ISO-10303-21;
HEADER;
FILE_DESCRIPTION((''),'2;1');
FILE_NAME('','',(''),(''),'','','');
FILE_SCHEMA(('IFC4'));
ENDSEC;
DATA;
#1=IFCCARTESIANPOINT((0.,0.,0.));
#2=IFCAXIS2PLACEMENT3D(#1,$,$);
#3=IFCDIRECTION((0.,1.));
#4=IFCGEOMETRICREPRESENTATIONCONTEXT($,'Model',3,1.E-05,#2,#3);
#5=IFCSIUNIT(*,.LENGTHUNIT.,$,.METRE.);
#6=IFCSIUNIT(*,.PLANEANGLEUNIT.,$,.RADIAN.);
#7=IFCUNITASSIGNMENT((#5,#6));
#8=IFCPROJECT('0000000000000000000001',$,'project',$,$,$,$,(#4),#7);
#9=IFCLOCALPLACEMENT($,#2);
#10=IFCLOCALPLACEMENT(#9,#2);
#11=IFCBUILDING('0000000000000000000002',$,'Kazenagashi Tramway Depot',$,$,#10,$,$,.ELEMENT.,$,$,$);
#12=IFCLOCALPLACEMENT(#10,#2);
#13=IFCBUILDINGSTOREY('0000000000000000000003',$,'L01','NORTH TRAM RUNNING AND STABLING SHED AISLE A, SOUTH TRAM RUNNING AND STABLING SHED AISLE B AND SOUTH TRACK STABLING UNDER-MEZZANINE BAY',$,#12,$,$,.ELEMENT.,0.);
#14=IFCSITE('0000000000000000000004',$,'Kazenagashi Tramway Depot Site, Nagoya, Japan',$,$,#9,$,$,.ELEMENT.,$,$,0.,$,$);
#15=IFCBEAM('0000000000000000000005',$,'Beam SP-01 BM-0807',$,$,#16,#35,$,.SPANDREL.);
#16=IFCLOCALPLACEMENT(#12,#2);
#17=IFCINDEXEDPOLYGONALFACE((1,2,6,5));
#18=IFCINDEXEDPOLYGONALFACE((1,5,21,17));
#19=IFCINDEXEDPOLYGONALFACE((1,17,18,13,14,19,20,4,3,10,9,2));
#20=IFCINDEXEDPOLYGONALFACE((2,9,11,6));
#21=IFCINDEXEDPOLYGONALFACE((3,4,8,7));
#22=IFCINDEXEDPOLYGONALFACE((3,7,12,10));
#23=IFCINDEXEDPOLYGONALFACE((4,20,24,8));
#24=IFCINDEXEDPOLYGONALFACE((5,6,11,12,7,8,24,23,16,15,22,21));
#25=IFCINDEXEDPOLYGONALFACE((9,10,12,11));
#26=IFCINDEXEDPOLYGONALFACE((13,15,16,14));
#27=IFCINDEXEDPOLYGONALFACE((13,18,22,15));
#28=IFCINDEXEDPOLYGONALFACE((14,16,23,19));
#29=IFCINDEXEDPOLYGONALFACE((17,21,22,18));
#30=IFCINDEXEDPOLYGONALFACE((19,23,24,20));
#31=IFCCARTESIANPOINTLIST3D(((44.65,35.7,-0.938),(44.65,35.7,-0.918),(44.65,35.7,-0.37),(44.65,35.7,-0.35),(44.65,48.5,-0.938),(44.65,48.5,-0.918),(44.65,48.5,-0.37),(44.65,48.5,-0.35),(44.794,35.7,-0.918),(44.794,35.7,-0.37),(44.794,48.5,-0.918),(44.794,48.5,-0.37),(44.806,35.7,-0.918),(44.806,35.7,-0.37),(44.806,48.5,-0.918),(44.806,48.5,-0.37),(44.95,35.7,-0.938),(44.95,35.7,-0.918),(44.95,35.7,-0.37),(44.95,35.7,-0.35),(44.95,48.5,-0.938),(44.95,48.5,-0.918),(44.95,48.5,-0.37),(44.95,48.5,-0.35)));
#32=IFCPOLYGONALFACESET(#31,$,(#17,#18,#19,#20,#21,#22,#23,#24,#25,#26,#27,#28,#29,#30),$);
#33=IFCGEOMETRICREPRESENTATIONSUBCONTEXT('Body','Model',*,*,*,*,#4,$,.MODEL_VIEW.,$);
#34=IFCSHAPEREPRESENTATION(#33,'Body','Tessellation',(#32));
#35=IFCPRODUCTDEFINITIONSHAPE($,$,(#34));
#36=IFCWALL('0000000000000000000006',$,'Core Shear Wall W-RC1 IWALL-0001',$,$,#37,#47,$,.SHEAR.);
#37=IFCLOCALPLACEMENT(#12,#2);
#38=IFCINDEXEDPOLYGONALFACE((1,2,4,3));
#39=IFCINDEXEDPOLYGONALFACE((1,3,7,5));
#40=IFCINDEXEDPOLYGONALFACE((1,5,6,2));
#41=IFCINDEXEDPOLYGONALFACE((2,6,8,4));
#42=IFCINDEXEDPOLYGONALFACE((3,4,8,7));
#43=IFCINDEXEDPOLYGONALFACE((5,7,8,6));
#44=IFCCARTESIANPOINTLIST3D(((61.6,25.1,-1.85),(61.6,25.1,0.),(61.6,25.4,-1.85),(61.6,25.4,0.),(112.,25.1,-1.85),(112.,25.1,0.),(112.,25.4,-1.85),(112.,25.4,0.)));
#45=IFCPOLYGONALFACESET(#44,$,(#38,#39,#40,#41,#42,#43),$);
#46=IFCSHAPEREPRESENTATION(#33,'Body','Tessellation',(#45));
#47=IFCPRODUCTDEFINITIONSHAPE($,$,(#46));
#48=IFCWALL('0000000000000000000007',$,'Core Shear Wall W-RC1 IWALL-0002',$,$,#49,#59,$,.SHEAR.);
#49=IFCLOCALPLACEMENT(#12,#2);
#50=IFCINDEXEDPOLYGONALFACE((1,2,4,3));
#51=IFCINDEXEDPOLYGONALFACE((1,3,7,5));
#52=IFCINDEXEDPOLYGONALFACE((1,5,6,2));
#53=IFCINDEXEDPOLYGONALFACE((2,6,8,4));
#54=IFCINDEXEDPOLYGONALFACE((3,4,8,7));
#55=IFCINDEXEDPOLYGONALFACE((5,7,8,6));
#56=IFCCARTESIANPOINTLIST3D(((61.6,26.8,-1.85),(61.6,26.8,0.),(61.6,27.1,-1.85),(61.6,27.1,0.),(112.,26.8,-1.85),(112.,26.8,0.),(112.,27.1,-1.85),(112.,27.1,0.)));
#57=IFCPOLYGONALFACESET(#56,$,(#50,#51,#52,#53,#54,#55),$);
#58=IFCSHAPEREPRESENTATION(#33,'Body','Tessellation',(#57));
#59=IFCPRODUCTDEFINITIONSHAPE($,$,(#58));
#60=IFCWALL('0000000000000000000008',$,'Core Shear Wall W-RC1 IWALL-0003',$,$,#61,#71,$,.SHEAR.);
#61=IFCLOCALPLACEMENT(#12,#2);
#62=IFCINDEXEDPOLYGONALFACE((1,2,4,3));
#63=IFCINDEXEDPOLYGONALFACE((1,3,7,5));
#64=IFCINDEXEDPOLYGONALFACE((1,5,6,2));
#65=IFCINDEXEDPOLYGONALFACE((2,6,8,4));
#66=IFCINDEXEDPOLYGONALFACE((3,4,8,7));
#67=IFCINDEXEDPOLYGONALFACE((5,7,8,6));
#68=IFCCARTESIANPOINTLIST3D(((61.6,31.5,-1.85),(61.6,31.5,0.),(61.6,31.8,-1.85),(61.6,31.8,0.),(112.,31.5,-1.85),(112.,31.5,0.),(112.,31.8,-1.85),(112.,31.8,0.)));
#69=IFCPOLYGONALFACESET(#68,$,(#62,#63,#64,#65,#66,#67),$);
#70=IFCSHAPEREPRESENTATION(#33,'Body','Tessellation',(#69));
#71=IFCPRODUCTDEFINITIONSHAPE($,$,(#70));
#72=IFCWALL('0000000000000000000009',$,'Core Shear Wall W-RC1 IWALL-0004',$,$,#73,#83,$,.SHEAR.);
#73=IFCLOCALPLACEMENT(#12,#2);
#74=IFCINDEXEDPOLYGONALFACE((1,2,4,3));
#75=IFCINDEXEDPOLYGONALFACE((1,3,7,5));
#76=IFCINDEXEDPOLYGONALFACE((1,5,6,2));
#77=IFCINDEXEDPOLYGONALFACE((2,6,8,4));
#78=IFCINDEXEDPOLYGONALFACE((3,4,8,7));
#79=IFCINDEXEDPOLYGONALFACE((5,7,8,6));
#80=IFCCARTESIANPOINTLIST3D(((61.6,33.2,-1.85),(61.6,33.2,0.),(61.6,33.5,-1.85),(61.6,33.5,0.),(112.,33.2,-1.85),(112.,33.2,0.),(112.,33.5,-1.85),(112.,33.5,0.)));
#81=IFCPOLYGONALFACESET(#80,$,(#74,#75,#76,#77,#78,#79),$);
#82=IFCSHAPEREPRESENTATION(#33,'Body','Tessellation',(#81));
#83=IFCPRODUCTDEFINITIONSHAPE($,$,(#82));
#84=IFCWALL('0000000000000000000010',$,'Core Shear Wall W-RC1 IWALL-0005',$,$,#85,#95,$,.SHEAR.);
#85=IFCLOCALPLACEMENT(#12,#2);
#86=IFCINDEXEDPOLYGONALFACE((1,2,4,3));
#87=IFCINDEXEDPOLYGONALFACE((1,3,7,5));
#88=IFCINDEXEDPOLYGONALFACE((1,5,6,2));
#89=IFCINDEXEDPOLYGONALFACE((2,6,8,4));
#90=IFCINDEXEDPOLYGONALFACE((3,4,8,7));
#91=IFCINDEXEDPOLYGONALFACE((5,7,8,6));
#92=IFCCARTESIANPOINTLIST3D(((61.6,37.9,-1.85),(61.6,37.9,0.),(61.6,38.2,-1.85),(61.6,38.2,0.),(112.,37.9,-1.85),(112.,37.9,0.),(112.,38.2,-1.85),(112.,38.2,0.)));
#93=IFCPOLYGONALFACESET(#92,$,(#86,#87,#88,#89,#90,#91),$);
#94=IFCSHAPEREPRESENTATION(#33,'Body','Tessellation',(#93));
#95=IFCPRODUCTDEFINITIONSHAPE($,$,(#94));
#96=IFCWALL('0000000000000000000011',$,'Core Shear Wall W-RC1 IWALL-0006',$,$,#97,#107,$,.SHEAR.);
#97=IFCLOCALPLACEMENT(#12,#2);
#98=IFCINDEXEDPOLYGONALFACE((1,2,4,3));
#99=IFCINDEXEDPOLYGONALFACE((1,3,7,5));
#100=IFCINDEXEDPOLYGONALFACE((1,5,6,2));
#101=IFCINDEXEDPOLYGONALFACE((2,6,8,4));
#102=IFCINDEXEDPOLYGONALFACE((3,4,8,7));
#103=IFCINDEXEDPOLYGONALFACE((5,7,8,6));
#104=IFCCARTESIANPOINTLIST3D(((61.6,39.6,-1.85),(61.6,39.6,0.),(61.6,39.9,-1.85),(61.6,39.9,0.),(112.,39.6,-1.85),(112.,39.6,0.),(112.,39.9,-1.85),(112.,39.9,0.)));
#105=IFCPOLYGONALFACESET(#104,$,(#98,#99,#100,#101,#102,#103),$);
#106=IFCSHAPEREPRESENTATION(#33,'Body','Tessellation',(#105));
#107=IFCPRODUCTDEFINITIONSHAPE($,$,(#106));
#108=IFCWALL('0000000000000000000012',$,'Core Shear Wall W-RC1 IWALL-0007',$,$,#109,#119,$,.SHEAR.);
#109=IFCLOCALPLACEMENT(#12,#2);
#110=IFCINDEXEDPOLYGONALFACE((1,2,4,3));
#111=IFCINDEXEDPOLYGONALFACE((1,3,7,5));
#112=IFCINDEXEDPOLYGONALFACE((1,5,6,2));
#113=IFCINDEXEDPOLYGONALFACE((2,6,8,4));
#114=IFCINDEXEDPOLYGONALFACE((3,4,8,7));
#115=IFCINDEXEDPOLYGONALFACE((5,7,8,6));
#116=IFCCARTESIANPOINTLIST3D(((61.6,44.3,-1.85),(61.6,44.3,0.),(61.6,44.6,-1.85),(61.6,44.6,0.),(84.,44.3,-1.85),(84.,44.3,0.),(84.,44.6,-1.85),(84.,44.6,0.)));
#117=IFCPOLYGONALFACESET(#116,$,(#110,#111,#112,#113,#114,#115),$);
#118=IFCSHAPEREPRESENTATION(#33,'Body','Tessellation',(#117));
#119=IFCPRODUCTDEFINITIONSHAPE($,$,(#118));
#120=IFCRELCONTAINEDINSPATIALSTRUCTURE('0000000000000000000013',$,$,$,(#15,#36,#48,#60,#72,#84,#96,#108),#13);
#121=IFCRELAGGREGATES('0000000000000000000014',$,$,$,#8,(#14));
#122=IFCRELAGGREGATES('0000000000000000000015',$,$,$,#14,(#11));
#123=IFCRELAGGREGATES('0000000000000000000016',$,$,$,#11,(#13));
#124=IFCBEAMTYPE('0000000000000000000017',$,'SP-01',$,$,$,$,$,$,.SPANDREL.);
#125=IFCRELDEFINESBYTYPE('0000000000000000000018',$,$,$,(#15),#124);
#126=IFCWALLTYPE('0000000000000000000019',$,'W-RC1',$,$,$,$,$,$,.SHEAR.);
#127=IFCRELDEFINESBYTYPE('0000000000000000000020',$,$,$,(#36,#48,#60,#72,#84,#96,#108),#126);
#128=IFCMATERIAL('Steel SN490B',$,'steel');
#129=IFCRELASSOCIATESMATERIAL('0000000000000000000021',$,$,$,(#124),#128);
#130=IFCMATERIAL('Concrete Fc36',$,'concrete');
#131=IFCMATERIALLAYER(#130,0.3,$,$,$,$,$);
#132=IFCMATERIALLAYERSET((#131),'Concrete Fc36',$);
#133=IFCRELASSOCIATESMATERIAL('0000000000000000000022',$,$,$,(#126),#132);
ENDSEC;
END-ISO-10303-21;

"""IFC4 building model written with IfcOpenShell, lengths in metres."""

from ifc_helpers import new_model, si_unit, direction, frame, frame_2d, origin, origin_2d, place, context, subcontext, project, spatial, rectangle, i_section, extrude, material, layer, layer_set, material_profile, profile_set, type_object, element, save


model = new_model("IFC4")

# Units and contexts
model_context = context("Model", 3, precision=1e-05, world=origin(), true_north=direction((0.0, 1.0)))
body_context = subcontext(model_context, "Body", "Model", "MODEL_VIEW")
ifc_project = project(units=[si_unit("LENGTHUNIT", "METRE"), si_unit("PLANEANGLEUNIT", "RADIAN")], contexts=[model_context])

# Site, building, storey
site_placement = place(None, origin())
site = spatial("IfcSite", under=ifc_project, at=site_placement, Name="Kazenagashi Tramway Depot Site, Nagoya, Japan", CompositionType="ELEMENT", RefElevation=0.0)
building_placement = place(site_placement, origin())
building = spatial("IfcBuilding", under=site, at=building_placement, Name="Kazenagashi Tramway Depot", CompositionType="ELEMENT")
storey_placement = place(building_placement, origin())
storey = spatial("IfcBuildingStorey", under=building, at=storey_placement, Name="L01", Description="NORTH TRAM RUNNING AND STABLING SHED AISLE A, SOUTH TRAM RUNNING AND STABLING SHED AISLE B AND SOUTH TRACK STABLING UNDER-MEZZANINE BAY", CompositionType="ELEMENT", Elevation=0.0)

# Shared definitions
ifc_material_1 = material(Name="Steel SN490B", Category="steel")

# Beam
ifc_material_profile_1 = material_profile(ifc_material_1, i_section(OverallWidth=0.3, OverallDepth=0.588, WebThickness=0.012, FlangeThickness=0.02, at=origin_2d()), Name="H-588x300x12x20")
ifc_profile_set_1 = profile_set([ifc_material_profile_1], Name="Steel SN490B")
beam_type_1 = type_object("IfcBeamType", Name="SP-01", PredefinedType="SPANDREL", material=ifc_profile_set_1)
beam_placement = place(storey_placement, frame((44.8, 35.7, -0.644), z_axis=(0.0, 1.0, 0.0), x_axis=(-1.0, 0.0, 0.0)))
element("IfcBeam", 1, at=beam_placement, inside=storey, type_object=beam_type_1, Name="Beam SP-01 BM-0807", PredefinedType="SPANDREL", context=body_context, shape_type="SweptSolid", body=[
    extrude(i_section(OverallWidth=0.3, OverallDepth=0.588, WebThickness=0.012, FlangeThickness=0.02, at=origin_2d()), origin(), (0.0, 0.0, 1.0), 12.8),
])

# Walls
ifc_material_2 = material(Name="Concrete Fc36", Category="concrete")
ifc_layer = layer(ifc_material_2, 0.3)
ifc_layer_set = layer_set([ifc_layer], Name="Concrete Fc36")
wall_type = type_object("IfcWallType", Name="W-RC1", PredefinedType="SHEAR", material=ifc_layer_set)
for number, where, z_axis, x_axis, name in (
    (2, (61.6, 25.25, -1.85), (0.0, 0.0, 1.0), (1.0, 0.0, 0.0), "Core Shear Wall W-RC1 IWALL-0001"),
    (3, (61.6, 26.95, -1.85), (0.0, 0.0, 1.0), (1.0, 0.0, 0.0), "Core Shear Wall W-RC1 IWALL-0002"),
    (4, (61.6, 31.65, -1.85), (0.0, 0.0, 1.0), (1.0, 0.0, 0.0), "Core Shear Wall W-RC1 IWALL-0003"),
    (5, (61.6, 33.35, -1.85), (0.0, 0.0, 1.0), (1.0, 0.0, 0.0), "Core Shear Wall W-RC1 IWALL-0004"),
    (6, (61.6, 38.05, -1.85), (0.0, 0.0, 1.0), (1.0, 0.0, 0.0), "Core Shear Wall W-RC1 IWALL-0005"),
    (7, (61.6, 39.75, -1.85), (0.0, 0.0, 1.0), (1.0, 0.0, 0.0), "Core Shear Wall W-RC1 IWALL-0006"),
):
    element("IfcWall", number, at=place(storey_placement, frame(where, z_axis=z_axis, x_axis=x_axis)), inside=storey, type_object=wall_type, Name=name, PredefinedType="SHEAR", context=body_context, shape_type="SweptSolid", body=[
        extrude(rectangle(XDim=50.4, YDim=0.3, at=frame_2d((25.2, 0.0))), origin(), (0.0, 0.0, 1.0), 1.85),
    ])
wall_placement = place(storey_placement, frame((61.6, 44.45, -1.85), z_axis=(0.0, 0.0, 1.0), x_axis=(1.0, 0.0, 0.0)))
element("IfcWall", 8, at=wall_placement, inside=storey, type_object=wall_type, Name="Core Shear Wall W-RC1 IWALL-0007", PredefinedType="SHEAR", context=body_context, shape_type="SweptSolid", body=[
    extrude(rectangle(XDim=22.4, YDim=0.3, at=frame_2d((11.2, 0.0))), origin(), (0.0, 0.0, 1.0), 1.85),
])

save(model, "model.ifc")
